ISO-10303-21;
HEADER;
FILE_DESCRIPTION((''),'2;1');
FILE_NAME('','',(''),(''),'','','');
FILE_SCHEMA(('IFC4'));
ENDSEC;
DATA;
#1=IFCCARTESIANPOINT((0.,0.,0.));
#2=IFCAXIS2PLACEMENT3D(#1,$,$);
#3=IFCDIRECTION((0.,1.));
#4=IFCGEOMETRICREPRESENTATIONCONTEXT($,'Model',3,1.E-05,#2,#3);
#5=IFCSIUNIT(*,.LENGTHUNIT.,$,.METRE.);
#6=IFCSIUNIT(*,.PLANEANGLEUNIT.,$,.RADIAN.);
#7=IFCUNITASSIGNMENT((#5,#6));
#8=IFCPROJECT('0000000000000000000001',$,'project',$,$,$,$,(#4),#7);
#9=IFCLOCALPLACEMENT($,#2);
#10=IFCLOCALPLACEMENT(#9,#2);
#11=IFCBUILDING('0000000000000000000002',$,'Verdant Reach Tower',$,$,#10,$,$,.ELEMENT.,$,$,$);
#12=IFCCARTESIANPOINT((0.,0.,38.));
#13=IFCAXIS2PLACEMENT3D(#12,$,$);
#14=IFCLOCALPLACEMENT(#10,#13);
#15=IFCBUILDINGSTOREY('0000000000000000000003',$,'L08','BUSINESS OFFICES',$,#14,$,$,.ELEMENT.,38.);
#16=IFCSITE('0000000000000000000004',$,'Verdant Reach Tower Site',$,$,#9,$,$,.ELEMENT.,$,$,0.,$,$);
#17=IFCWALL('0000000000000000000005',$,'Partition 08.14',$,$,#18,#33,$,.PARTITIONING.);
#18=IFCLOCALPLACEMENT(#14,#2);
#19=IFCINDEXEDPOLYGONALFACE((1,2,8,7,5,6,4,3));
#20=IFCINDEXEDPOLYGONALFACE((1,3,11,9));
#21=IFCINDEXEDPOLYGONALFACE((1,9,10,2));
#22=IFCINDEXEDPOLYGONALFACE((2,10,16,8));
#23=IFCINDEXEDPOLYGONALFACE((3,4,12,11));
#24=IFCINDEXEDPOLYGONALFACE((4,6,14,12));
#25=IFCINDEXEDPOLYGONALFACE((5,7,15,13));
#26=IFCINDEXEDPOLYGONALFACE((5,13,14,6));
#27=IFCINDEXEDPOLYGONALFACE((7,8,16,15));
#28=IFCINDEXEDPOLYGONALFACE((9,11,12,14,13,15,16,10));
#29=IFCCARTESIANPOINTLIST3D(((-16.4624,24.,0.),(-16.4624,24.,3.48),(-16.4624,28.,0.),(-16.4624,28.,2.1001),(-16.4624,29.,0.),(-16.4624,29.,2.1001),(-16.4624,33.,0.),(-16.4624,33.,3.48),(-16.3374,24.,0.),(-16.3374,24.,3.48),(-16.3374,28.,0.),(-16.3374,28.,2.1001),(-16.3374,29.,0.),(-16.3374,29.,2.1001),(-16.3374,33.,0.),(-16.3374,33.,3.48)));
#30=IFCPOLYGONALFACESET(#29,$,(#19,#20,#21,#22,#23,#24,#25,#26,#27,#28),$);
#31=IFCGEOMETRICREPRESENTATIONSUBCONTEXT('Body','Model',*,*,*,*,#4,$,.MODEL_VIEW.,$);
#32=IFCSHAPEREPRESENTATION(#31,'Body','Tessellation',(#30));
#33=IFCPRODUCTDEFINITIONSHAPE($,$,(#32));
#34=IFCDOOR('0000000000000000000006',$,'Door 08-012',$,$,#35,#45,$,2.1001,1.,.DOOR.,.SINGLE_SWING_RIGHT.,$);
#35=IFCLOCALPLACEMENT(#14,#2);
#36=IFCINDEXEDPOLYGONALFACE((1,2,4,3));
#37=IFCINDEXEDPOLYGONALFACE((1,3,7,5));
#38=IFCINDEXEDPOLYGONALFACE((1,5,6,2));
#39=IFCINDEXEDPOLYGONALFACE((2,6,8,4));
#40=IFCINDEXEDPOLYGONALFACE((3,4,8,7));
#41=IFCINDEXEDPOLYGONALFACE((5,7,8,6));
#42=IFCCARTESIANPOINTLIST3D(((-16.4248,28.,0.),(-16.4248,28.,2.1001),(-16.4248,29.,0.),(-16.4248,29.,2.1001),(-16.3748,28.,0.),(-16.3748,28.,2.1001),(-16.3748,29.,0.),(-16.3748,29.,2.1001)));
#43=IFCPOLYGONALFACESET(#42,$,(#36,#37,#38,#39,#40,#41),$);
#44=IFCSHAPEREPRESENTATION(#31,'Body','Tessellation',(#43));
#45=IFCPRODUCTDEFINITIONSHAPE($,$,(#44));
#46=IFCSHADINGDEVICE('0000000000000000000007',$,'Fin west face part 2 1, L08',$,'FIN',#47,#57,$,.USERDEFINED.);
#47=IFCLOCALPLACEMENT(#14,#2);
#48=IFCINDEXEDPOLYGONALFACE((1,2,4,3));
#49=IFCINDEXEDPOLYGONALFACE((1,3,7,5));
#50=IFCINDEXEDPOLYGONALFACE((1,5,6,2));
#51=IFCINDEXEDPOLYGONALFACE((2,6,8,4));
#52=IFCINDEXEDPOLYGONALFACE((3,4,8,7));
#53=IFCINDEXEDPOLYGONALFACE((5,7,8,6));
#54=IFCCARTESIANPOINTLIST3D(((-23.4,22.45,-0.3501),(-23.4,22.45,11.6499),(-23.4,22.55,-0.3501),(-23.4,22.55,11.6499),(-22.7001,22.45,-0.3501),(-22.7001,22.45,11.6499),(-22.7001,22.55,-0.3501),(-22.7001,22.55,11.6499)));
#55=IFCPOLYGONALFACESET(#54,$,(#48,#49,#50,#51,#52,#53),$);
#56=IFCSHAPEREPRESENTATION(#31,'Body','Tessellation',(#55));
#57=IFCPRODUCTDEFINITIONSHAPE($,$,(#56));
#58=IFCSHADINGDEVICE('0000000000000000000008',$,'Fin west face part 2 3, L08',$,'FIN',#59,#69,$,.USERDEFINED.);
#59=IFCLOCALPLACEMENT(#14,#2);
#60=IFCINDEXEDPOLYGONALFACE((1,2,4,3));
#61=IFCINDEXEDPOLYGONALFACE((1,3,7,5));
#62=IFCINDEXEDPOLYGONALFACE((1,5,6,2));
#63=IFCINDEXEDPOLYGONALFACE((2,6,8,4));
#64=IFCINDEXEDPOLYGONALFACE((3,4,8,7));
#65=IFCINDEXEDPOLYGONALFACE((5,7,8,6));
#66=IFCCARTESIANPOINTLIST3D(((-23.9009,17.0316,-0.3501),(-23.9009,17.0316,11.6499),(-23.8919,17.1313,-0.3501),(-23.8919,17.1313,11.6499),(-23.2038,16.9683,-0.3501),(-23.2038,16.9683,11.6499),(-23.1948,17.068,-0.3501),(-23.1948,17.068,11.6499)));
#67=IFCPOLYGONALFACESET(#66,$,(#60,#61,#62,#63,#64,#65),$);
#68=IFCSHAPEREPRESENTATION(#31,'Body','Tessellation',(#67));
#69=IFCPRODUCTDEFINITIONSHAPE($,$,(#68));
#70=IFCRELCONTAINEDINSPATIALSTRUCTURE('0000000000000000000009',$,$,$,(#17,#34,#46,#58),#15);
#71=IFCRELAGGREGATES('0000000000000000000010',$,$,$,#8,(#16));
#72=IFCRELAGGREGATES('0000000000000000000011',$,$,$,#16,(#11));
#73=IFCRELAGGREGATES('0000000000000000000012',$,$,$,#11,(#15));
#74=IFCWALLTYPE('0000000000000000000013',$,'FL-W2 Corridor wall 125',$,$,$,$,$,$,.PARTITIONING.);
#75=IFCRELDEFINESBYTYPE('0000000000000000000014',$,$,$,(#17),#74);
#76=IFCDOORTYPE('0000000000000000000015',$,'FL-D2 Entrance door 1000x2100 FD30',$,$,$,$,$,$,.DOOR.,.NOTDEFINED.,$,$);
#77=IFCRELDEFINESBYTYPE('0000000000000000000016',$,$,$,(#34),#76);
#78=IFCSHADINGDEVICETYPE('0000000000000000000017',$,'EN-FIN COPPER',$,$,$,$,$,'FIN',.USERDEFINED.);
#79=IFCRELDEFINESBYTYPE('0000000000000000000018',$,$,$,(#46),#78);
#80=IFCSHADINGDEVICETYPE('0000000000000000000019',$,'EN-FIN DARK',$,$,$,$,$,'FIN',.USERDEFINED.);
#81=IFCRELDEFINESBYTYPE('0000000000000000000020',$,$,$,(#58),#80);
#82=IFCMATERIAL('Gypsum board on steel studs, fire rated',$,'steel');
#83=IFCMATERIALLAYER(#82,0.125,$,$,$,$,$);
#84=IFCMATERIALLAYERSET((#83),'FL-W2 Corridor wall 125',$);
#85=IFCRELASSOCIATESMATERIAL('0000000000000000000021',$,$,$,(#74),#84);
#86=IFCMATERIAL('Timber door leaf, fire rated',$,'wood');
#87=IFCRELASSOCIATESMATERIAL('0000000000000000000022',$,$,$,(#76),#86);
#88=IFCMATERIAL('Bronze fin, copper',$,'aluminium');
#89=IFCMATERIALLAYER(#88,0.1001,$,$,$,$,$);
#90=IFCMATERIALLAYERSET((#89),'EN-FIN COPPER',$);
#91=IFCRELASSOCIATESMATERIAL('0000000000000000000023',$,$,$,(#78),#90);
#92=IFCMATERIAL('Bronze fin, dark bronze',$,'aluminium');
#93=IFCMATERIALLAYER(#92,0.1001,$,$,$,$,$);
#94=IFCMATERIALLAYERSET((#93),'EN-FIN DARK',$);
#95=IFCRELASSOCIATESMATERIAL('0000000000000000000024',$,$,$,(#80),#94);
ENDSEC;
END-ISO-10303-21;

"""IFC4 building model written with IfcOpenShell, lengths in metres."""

from ifc_helpers import new_model, si_unit, direction, frame, frame_2d, origin, origin_2d, place, context, subcontext, project, spatial, rectangle, extrude, material, layer, layer_set, type_object, element, fill, save


model = new_model("IFC4")

# Units and contexts
model_context = context("Model", 3, precision=1e-05, world=origin(), true_north=direction((0.0, 1.0)))
body_context = subcontext(model_context, "Body", "Model", "MODEL_VIEW")
ifc_project = project(units=[si_unit("LENGTHUNIT", "METRE"), si_unit("PLANEANGLEUNIT", "RADIAN")], contexts=[model_context])

# Site, building, storey
site_placement = place(None, origin())
site = spatial("IfcSite", under=ifc_project, at=site_placement, Name="Verdant Reach Tower Site", CompositionType="ELEMENT", RefElevation=0.0)
building_placement = place(site_placement, origin())
building = spatial("IfcBuilding", under=site, at=building_placement, Name="Verdant Reach Tower", CompositionType="ELEMENT")
storey_placement = place(building_placement, frame((0.0, 0.0, 38.0)))
storey = spatial("IfcBuildingStorey", under=building, at=storey_placement, Name="L08", Description="BUSINESS OFFICES", CompositionType="ELEMENT", Elevation=38.0)

# Wall, opening, door
ifc_material_1 = material(Name="Gypsum board on steel studs, fire rated", Category="steel")
ifc_layer_1 = layer(ifc_material_1, 0.125)
ifc_layer_set_1 = layer_set([ifc_layer_1], Name="FL-W2 Corridor wall 125")
wall_type_1 = type_object("IfcWallType", Name="FL-W2 Corridor wall 125", PredefinedType="PARTITIONING", material=ifc_layer_set_1)
ifc_material_2 = material(Name="Timber door leaf, fire rated", Category="wood")
door_type = type_object("IfcDoorType", Name="FL-D2 Entrance door 1000x2100 FD30", OperationType="NOTDEFINED", PredefinedType="DOOR", material=ifc_material_2)
wall_1_placement = place(storey_placement, frame((-16.3999, 24.0, 0.0), z_axis=(0.0, 0.0, 1.0), x_axis=(0.0, 1.0, 0.0)))
wall_1 = element("IfcWall", 1, at=wall_1_placement, inside=storey, type_object=wall_type_1, Name="Partition 08.14", PredefinedType="PARTITIONING", context=body_context, shape_type="SweptSolid", body=[
    extrude(rectangle(XDim=9.0, YDim=0.125, at=frame_2d((4.5, 0.0))), origin(), (0.0, 0.0, 1.0), 3.48),
])
opening_1_placement = place(wall_1_placement, frame((4.0, 0.0, 0.0)))
opening_1 = element("IfcOpeningElement", 2, at=opening_1_placement, cuts=wall_1, PredefinedType="OPENING", context=body_context, shape_type="SweptSolid", body=[
    extrude(rectangle(XDim=1.0, YDim=2.1001, at=frame_2d((0.5, 1.05))), frame((0.0, 0.0725, 0.0), z_axis=(0.0, -1.0, 0.0), x_axis=(1.0, 0.0, 0.0)), (0.0, 0.0, 1.0), 0.145),
])
door_1_placement = place(opening_1_placement, origin())
door_1 = element("IfcDoor", 3, at=door_1_placement, inside=storey, type_object=door_type, Name="Door 08-012", OperationType="SINGLE_SWING_RIGHT", OverallHeight=2.1001, OverallWidth=1.0, PredefinedType="DOOR", context=body_context, shape_type="SweptSolid", body=[
    extrude(rectangle(XDim=1.0, YDim=2.1001, at=frame_2d((0.5, 1.05))), frame((0.0, 0.0249, 0.0), z_axis=(0.0, -1.0, 0.0), x_axis=(1.0, 0.0, 0.0)), (0.0, 0.0, 1.0), 0.05),
])
fill(opening_1, door_1)

# Shading devices
ifc_material_3 = material(Name="Bronze fin, copper", Category="aluminium")
ifc_layer_2 = layer(ifc_material_3, 0.1001)
ifc_layer_set_2 = layer_set([ifc_layer_2], Name="EN-FIN COPPER")
shading_device_type_1 = type_object("IfcShadingDeviceType", Name="EN-FIN COPPER", ElementType="FIN", PredefinedType="USERDEFINED", material=ifc_layer_set_2)
shading_device_1_placement = place(storey_placement, frame((-23.05, 22.5, -0.3501), z_axis=(0.0, 0.0, 1.0), x_axis=(0.0, -1.0, 0.0)))
element("IfcShadingDevice", 4, at=shading_device_1_placement, inside=storey, type_object=shading_device_type_1, Name="Fin west face part 2 1, L08", ObjectType="FIN", PredefinedType="USERDEFINED", context=body_context, shape_type="SweptSolid", body=[
    extrude(rectangle(XDim=0.1001, YDim=0.7, at=origin_2d()), origin(), (0.0, 0.0, 1.0), 12.0),
])
ifc_material_4 = material(Name="Bronze fin, dark bronze", Category="aluminium")
ifc_layer_3 = layer(ifc_material_4, 0.1001)
ifc_layer_set_3 = layer_set([ifc_layer_3], Name="EN-FIN DARK")
shading_device_type_2 = type_object("IfcShadingDeviceType", Name="EN-FIN DARK", ElementType="FIN", PredefinedType="USERDEFINED", material=ifc_layer_set_3)
shading_device_2_placement = place(storey_placement, frame((-23.5479, 17.0498, -0.3501), z_axis=(0.0, 0.0, 1.0), x_axis=(-0.090536, -0.995893, 0.0)))
element("IfcShadingDevice", 5, at=shading_device_2_placement, inside=storey, type_object=shading_device_type_2, Name="Fin west face part 2 3, L08", ObjectType="FIN", PredefinedType="USERDEFINED", context=body_context, shape_type="SweptSolid", body=[
    extrude(rectangle(XDim=0.1001, YDim=0.7, at=origin_2d()), origin(), (0.0, 0.0, 1.0), 12.0),
])

save(model, "model.ifc")
